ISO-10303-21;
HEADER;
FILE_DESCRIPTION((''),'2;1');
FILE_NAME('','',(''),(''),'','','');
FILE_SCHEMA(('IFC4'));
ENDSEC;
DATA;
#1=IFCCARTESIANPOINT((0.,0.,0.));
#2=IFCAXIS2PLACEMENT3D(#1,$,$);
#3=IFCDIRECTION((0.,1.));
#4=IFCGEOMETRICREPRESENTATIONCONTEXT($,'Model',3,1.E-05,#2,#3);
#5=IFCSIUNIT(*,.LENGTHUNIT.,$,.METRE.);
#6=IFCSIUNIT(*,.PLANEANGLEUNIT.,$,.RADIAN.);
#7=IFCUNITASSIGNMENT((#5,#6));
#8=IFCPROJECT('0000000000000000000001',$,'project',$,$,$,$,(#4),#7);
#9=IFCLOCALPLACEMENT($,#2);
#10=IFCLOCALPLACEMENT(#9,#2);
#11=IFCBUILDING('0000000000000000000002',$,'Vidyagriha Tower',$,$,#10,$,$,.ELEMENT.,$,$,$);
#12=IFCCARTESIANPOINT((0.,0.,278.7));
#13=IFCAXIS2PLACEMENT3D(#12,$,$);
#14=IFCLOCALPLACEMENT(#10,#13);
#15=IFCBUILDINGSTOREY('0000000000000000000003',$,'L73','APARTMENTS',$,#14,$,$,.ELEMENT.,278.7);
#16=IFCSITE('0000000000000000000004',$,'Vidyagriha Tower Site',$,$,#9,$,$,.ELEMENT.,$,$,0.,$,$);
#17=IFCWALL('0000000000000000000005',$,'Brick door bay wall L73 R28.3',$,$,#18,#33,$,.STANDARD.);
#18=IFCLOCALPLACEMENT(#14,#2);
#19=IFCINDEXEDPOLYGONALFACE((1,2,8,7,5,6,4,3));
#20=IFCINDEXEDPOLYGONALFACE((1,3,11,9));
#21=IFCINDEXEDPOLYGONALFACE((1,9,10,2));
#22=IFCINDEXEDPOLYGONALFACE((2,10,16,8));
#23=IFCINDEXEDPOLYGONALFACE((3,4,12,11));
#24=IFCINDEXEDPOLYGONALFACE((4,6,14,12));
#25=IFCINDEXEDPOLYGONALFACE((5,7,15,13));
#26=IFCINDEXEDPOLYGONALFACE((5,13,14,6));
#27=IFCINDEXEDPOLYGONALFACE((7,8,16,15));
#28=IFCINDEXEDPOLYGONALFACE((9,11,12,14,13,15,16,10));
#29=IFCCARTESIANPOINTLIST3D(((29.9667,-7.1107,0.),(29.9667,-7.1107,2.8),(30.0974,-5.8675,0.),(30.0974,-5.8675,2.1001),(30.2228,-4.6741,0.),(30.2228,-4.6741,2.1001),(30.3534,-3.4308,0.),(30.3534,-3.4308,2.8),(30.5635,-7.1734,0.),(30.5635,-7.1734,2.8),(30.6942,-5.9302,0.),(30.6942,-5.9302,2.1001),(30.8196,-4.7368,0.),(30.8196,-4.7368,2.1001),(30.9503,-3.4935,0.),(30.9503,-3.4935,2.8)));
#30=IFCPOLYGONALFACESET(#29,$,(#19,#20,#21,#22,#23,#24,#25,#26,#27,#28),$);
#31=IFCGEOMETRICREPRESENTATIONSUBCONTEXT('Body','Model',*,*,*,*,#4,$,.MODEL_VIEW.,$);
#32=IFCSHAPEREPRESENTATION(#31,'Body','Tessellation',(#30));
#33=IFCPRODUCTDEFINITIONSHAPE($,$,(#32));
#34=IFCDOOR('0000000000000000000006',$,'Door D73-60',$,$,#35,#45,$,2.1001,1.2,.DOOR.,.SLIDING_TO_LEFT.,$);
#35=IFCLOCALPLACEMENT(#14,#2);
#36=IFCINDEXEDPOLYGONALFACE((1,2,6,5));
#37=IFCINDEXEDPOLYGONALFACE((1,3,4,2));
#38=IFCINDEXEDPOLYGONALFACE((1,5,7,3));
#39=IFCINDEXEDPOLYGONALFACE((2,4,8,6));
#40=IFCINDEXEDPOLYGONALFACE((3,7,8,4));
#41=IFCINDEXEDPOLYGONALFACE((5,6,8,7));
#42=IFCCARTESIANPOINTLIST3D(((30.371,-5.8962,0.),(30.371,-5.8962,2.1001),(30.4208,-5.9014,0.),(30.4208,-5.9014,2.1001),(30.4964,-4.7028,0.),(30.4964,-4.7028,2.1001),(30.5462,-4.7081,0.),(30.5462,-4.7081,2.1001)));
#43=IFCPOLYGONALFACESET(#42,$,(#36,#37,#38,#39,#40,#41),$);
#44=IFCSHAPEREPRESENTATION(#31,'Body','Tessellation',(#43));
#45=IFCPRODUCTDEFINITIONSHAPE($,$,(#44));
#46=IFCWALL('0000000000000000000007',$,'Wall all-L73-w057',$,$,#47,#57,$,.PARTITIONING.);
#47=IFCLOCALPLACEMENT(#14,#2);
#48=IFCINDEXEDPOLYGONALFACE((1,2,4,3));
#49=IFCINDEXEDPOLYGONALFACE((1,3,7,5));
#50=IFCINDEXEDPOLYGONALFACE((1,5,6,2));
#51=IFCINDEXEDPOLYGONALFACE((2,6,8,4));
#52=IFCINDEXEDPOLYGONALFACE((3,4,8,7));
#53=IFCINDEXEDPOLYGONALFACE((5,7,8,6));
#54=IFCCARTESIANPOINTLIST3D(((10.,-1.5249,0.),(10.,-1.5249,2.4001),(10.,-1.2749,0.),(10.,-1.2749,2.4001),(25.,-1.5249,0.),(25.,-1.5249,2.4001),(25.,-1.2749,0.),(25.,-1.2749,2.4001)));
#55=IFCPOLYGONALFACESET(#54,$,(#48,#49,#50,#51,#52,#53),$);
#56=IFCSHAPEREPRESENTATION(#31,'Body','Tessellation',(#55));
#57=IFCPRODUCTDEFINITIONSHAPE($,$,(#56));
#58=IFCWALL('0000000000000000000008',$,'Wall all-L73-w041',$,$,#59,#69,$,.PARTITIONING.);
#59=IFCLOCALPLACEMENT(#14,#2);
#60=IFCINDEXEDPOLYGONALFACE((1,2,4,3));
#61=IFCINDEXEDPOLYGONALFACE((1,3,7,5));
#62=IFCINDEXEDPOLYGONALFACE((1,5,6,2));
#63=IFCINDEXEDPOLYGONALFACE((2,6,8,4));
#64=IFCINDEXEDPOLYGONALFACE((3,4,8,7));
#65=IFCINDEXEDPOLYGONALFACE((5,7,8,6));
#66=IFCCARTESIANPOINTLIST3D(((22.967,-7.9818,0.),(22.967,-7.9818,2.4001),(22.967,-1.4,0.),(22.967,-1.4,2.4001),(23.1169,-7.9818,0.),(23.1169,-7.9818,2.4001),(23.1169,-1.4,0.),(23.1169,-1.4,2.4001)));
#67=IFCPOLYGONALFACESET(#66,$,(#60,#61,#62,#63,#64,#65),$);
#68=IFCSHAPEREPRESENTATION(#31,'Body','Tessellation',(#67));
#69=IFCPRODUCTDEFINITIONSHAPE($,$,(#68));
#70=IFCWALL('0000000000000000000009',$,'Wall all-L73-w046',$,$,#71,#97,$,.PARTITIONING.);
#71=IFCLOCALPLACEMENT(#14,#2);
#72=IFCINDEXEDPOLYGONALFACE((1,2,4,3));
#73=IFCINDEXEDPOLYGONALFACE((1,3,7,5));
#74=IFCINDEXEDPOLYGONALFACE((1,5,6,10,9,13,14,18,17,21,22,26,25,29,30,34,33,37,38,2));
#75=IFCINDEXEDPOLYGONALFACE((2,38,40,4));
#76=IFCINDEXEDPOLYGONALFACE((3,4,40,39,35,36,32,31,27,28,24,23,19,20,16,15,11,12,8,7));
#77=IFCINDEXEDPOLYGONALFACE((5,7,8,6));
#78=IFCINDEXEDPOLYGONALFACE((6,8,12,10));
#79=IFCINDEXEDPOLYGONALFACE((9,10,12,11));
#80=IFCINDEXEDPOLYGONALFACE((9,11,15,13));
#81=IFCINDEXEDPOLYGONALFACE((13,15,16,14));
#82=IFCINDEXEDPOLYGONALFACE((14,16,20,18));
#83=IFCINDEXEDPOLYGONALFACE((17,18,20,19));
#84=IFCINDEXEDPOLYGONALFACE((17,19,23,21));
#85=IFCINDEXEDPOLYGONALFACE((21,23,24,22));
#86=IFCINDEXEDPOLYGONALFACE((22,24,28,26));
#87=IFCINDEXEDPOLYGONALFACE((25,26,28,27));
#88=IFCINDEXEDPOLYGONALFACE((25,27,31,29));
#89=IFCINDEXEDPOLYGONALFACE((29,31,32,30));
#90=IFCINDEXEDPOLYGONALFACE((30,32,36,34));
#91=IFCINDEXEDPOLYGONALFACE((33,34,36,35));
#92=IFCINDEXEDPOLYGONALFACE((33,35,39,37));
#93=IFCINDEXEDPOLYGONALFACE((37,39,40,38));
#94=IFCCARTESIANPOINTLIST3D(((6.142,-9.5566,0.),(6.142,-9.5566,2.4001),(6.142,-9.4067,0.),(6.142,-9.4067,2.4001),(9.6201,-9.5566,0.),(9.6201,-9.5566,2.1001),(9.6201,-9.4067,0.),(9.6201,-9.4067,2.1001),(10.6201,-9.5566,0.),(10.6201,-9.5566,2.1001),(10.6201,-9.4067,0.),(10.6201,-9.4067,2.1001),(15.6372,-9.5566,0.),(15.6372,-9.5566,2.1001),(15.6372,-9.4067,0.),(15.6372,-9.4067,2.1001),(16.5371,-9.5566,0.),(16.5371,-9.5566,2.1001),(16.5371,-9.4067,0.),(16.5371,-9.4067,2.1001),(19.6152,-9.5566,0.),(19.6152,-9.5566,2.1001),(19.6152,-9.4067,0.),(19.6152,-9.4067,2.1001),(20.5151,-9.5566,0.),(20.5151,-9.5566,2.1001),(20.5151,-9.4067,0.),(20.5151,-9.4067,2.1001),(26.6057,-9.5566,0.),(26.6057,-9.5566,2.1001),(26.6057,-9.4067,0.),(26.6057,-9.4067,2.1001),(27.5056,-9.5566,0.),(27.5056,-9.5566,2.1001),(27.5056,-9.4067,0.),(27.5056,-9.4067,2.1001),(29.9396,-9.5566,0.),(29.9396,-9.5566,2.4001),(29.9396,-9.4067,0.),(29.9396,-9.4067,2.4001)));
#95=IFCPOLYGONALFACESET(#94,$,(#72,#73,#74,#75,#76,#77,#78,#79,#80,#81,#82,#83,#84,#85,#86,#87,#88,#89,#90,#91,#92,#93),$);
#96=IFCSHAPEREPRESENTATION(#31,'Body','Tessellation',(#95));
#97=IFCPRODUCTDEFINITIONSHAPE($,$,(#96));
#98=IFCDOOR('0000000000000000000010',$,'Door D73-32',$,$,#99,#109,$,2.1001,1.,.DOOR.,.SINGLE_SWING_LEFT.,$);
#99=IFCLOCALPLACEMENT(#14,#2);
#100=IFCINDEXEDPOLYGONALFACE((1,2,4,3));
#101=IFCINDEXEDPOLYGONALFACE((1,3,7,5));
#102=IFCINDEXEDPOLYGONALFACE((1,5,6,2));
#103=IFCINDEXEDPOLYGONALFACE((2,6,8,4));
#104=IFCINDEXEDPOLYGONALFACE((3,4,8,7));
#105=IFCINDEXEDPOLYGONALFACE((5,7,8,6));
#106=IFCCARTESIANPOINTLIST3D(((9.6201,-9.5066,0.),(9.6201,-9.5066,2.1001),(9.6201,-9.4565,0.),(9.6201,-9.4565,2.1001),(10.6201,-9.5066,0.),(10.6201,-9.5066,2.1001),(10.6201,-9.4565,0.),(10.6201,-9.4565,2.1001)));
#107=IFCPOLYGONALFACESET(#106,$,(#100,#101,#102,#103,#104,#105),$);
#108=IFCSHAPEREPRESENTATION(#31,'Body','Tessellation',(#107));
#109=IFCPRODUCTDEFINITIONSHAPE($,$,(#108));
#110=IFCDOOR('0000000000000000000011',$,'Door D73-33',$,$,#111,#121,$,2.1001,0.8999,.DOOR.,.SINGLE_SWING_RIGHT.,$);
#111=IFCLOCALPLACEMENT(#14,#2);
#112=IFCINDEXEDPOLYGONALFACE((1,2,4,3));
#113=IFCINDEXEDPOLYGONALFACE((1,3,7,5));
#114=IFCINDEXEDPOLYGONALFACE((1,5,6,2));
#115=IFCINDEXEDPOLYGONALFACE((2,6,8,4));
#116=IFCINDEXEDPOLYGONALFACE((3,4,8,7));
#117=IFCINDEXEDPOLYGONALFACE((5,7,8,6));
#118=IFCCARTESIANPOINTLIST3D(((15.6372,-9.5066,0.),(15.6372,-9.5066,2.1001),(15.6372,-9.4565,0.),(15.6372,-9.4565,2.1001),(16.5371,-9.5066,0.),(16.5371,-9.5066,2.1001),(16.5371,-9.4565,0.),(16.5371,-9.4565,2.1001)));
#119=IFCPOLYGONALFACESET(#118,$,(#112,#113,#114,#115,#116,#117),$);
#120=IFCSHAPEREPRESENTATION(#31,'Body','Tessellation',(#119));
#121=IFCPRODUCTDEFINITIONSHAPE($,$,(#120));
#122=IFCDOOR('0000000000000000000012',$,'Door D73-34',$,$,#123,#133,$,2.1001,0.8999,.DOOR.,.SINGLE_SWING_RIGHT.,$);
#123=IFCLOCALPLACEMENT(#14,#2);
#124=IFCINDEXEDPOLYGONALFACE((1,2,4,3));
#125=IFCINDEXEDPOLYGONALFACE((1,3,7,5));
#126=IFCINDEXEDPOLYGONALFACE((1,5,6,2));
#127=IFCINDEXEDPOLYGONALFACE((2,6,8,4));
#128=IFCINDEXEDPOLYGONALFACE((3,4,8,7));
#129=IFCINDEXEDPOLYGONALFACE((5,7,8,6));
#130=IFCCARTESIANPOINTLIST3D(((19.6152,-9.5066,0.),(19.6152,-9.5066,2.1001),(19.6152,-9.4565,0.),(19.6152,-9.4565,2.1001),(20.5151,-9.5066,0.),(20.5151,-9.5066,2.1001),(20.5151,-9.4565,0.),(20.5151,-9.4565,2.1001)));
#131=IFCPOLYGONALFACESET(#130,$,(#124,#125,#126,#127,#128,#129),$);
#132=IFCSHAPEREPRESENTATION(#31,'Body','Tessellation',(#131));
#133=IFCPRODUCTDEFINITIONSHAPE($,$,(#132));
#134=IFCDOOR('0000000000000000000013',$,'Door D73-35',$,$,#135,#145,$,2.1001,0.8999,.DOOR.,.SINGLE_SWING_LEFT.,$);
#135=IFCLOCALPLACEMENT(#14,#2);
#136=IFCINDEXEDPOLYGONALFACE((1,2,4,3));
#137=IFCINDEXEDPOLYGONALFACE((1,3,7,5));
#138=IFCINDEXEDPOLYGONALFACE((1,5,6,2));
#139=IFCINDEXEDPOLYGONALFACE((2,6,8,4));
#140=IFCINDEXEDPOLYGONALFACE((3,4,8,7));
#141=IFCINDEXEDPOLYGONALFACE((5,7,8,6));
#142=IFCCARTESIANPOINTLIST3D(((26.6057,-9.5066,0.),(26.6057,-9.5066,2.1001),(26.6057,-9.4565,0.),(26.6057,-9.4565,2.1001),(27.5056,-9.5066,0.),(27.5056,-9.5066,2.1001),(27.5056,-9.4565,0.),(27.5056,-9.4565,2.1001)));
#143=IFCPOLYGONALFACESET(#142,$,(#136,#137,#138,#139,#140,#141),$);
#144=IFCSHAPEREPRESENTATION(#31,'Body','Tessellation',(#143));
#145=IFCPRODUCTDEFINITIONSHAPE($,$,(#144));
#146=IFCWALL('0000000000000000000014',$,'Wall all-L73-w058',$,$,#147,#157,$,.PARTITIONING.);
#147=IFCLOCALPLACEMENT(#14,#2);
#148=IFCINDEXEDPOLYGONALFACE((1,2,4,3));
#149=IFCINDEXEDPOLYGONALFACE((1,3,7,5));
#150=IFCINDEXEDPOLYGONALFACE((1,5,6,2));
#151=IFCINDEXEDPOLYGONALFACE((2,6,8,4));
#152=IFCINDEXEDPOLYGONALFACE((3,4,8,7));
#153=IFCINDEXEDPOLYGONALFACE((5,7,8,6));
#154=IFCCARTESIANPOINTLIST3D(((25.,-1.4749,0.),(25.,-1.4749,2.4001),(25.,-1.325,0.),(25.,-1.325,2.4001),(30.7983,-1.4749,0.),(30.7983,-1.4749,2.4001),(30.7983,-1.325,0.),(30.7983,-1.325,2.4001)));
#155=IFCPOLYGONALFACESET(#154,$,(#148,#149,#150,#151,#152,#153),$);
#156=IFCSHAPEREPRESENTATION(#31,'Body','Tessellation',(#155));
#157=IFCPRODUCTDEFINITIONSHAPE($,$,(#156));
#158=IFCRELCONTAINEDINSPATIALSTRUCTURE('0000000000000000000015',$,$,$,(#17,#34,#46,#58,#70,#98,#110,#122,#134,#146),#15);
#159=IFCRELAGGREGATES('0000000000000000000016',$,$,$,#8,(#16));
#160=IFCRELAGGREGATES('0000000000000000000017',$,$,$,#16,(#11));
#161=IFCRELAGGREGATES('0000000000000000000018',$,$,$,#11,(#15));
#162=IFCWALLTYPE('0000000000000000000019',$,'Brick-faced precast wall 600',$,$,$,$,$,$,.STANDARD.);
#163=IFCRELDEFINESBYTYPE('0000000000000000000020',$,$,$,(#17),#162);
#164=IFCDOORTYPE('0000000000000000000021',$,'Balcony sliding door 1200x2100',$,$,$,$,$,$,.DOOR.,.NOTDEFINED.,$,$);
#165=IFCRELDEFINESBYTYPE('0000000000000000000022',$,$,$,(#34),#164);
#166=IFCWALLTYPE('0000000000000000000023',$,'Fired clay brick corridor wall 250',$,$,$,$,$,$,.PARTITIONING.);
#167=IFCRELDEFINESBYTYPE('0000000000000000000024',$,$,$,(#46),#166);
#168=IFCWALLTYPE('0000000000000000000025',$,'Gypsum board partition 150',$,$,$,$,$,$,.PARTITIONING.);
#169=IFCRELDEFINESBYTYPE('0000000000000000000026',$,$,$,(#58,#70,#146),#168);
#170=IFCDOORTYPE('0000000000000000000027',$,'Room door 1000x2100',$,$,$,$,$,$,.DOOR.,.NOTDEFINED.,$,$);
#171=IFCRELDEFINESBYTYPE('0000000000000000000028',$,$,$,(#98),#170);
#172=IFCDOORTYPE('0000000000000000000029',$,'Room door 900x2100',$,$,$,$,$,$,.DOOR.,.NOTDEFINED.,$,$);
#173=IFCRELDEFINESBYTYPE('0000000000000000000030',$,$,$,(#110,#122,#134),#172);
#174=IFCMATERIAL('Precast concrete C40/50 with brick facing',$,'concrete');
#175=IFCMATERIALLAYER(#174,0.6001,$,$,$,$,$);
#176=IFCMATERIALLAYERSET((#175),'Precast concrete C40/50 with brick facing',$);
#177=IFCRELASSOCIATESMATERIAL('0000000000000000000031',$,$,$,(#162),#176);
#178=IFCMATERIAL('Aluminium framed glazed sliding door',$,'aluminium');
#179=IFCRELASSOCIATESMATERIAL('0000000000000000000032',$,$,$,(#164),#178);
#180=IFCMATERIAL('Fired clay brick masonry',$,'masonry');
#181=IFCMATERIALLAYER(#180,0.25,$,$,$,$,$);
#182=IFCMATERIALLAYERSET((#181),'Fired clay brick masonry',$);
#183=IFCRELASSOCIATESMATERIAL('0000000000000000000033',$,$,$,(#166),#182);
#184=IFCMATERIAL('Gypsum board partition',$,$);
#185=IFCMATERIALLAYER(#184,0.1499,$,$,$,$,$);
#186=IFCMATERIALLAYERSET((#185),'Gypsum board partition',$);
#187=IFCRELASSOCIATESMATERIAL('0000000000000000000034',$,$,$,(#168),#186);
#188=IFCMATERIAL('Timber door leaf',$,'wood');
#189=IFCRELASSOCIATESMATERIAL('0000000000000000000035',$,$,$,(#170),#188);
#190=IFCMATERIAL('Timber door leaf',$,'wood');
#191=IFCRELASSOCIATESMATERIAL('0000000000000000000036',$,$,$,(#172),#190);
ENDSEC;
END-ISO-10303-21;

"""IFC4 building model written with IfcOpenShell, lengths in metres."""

from ifc_helpers import new_model, si_unit, direction, frame, frame_2d, origin, place, context, subcontext, project, spatial, rectangle, extrude, material, layer, layer_set, type_object, element, fill, save


model = new_model("IFC4")

# Units and contexts
model_context = context("Model", 3, precision=1e-05, world=origin(), true_north=direction((0.0, 1.0)))
body_context = subcontext(model_context, "Body", "Model", "MODEL_VIEW")
ifc_project = project(units=[si_unit("LENGTHUNIT", "METRE"), si_unit("PLANEANGLEUNIT", "RADIAN")], contexts=[model_context])

# Site, building, storey
site_placement = place(None, origin())
site = spatial("IfcSite", under=ifc_project, at=site_placement, Name="Vidyagriha Tower Site", CompositionType="ELEMENT", RefElevation=0.0)
building_placement = place(site_placement, origin())
building = spatial("IfcBuilding", under=site, at=building_placement, Name="Vidyagriha Tower", CompositionType="ELEMENT")
storey_placement = place(building_placement, frame((0.0, 0.0, 278.7)))
storey = spatial("IfcBuildingStorey", under=building, at=storey_placement, Name="L73", Description="APARTMENTS", CompositionType="ELEMENT", Elevation=278.7)

# Wall, opening, door
ifc_material_1 = material(Name="Precast concrete C40/50 with brick facing", Category="concrete")
ifc_layer_1 = layer(ifc_material_1, 0.6001)
ifc_layer_set_1 = layer_set([ifc_layer_1], Name="Precast concrete C40/50 with brick facing")
wall_type_1 = type_object("IfcWallType", Name="Brick-faced precast wall 600", PredefinedType="STANDARD", material=ifc_layer_set_1)
wall_1_placement = place(storey_placement, frame((30.2651, -7.1421, 0.0), z_axis=(0.0, 0.0, 1.0), x_axis=(0.104513, 0.994524, 0.0)))
wall_1 = element("IfcWall", 1, at=wall_1_placement, inside=storey, type_object=wall_type_1, Name="Brick door bay wall L73 R28.3", PredefinedType="STANDARD", context=body_context, shape_type="SweptSolid", body=[
    extrude(rectangle(XDim=3.7002, YDim=0.6001, at=frame_2d((1.8501, 0.0))), origin(), (0.0, 0.0, 1.0), 2.8),
])
opening_1_placement = place(wall_1_placement, frame((1.25, 0.0, 0.0)))
opening_1 = element("IfcOpeningElement", 2, at=opening_1_placement, cuts=wall_1, PredefinedType="OPENING", context=body_context, shape_type="SweptSolid", body=[
    extrude(rectangle(XDim=1.2, YDim=2.1001, at=frame_2d((0.6001, 1.05))), frame((0.0, 0.3101, 0.0), z_axis=(0.0, -1.0, 0.0), x_axis=(1.0, 0.0, 0.0)), (0.0, 0.0, 1.0), 0.6201),
])
ifc_material_2 = material(Name="Aluminium framed glazed sliding door", Category="aluminium")
door_type_1 = type_object("IfcDoorType", Name="Balcony sliding door 1200x2100", OperationType="NOTDEFINED", PredefinedType="DOOR", material=ifc_material_2)
door_1_placement = place(opening_1_placement, origin())
door_1 = element("IfcDoor", 3, at=door_1_placement, inside=storey, type_object=door_type_1, Name="Door D73-60", OperationType="SLIDING_TO_LEFT", OverallHeight=2.1001, OverallWidth=1.2, PredefinedType="DOOR", context=body_context, shape_type="SweptSolid", body=[
    extrude(rectangle(XDim=1.2, YDim=2.1001, at=frame_2d((0.6001, 1.05))), frame((0.0, 0.0249, 0.0), z_axis=(0.0, -1.0, 0.0), x_axis=(1.0, 0.0, 0.0)), (0.0, 0.0, 1.0), 0.05),
])
fill(opening_1, door_1)

# Walls
ifc_material_3 = material(Name="Fired clay brick masonry", Category="masonry")
ifc_layer_2 = layer(ifc_material_3, 0.25)
ifc_layer_set_2 = layer_set([ifc_layer_2], Name="Fired clay brick masonry")
wall_type_2 = type_object("IfcWallType", Name="Fired clay brick corridor wall 250", PredefinedType="PARTITIONING", material=ifc_layer_set_2)
wall_2_placement = place(storey_placement, frame((25.0, -1.3999, 0.0), z_axis=(0.0, 0.0, 1.0), x_axis=(-1.0, 0.0, 0.0)))
element("IfcWall", 4, at=wall_2_placement, inside=storey, type_object=wall_type_2, Name="Wall all-L73-w057", PredefinedType="PARTITIONING", context=body_context, shape_type="SweptSolid", body=[
    extrude(rectangle(XDim=15.0, YDim=0.25, at=frame_2d((7.5, 0.0))), origin(), (0.0, 0.0, 1.0), 2.4001),
])
ifc_material_4 = material(Name="Gypsum board partition")
ifc_layer_3 = layer(ifc_material_4, 0.1499)
ifc_layer_set_3 = layer_set([ifc_layer_3], Name="Gypsum board partition")
wall_type_3 = type_object("IfcWallType", Name="Gypsum board partition 150", PredefinedType="PARTITIONING", material=ifc_layer_set_3)
wall_3_placement = place(storey_placement, frame((23.042, -1.3999, 0.0), z_axis=(0.0, 0.0, 1.0), x_axis=(0.0, -1.0, 0.0)))
element("IfcWall", 5, at=wall_3_placement, inside=storey, type_object=wall_type_3, Name="Wall all-L73-w041", PredefinedType="PARTITIONING", context=body_context, shape_type="SweptSolid", body=[
    extrude(rectangle(XDim=6.5818, YDim=0.1499, at=frame_2d((3.291, 0.0))), origin(), (0.0, 0.0, 1.0), 2.4001),
])

# Wall, openings, doors
wall_4_placement = place(storey_placement, frame((29.9397, -9.4817, 0.0), z_axis=(0.0, 0.0, 1.0), x_axis=(-1.0, 0.0, 0.0)))
wall_4 = element("IfcWall", 6, at=wall_4_placement, inside=storey, type_object=wall_type_3, Name="Wall all-L73-w046", PredefinedType="PARTITIONING", context=body_context, shape_type="SweptSolid", body=[
    extrude(rectangle(XDim=23.7976, YDim=0.1499, at=frame_2d((11.8989, 0.0))), origin(), (0.0, 0.0, 1.0), 2.4001),
])
opening_2_placement = place(wall_4_placement, frame((19.3196, 0.0, 0.0)))
opening_2 = element("IfcOpeningElement", 7, at=opening_2_placement, cuts=wall_4, PredefinedType="OPENING", context=body_context, shape_type="SweptSolid", body=[
    extrude(rectangle(XDim=1.0, YDim=2.1001, at=frame_2d((0.5, 1.05))), frame((0.0, 0.085, 0.0), z_axis=(0.0, -1.0, 0.0), x_axis=(1.0, 0.0, 0.0)), (0.0, 0.0, 1.0), 0.1699),
])
opening_3_placement = place(wall_4_placement, frame((13.4026, 0.0, 0.0)))
opening_3 = element("IfcOpeningElement", 8, at=opening_3_placement, cuts=wall_4, PredefinedType="OPENING", context=body_context, shape_type="SweptSolid", body=[
    extrude(rectangle(XDim=0.8999, YDim=2.1001, at=frame_2d((0.45, 1.05))), frame((0.0, 0.085, 0.0), z_axis=(0.0, -1.0, 0.0), x_axis=(1.0, 0.0, 0.0)), (0.0, 0.0, 1.0), 0.1699),
])
opening_4_placement = place(wall_4_placement, frame((9.4246, 0.0, 0.0)))
opening_4 = element("IfcOpeningElement", 9, at=opening_4_placement, cuts=wall_4, PredefinedType="OPENING", context=body_context, shape_type="SweptSolid", body=[
    extrude(rectangle(XDim=0.8999, YDim=2.1001, at=frame_2d((0.45, 1.05))), frame((0.0, 0.085, 0.0), z_axis=(0.0, -1.0, 0.0), x_axis=(1.0, 0.0, 0.0)), (0.0, 0.0, 1.0), 0.1699),
])
opening_5_placement = place(wall_4_placement, frame((2.4341, 0.0, 0.0)))
opening_5 = element("IfcOpeningElement", 10, at=opening_5_placement, cuts=wall_4, PredefinedType="OPENING", context=body_context, shape_type="SweptSolid", body=[
    extrude(rectangle(XDim=0.8999, YDim=2.1001, at=frame_2d((0.45, 1.05))), frame((0.0, 0.085, 0.0), z_axis=(0.0, -1.0, 0.0), x_axis=(1.0, 0.0, 0.0)), (0.0, 0.0, 1.0), 0.1699),
])
ifc_material_5 = material(Name="Timber door leaf", Category="wood")
door_type_2 = type_object("IfcDoorType", Name="Room door 1000x2100", OperationType="NOTDEFINED", PredefinedType="DOOR", material=ifc_material_5)
door_2_placement = place(opening_2_placement, origin())
door_2 = element("IfcDoor", 11, at=door_2_placement, inside=storey, type_object=door_type_2, Name="Door D73-32", OperationType="SINGLE_SWING_LEFT", OverallHeight=2.1001, OverallWidth=1.0, PredefinedType="DOOR", context=body_context, shape_type="SweptSolid", body=[
    extrude(rectangle(XDim=1.0, YDim=2.1001, at=frame_2d((0.5, 1.05))), frame((0.0, 0.0249, 0.0), z_axis=(0.0, -1.0, 0.0), x_axis=(1.0, 0.0, 0.0)), (0.0, 0.0, 1.0), 0.05),
])
fill(opening_2, door_2)
ifc_material_6 = material(Name="Timber door leaf", Category="wood")
door_type_3 = type_object("IfcDoorType", Name="Room door 900x2100", OperationType="NOTDEFINED", PredefinedType="DOOR", material=ifc_material_6)
door_3_placement = place(opening_3_placement, origin())
door_3 = element("IfcDoor", 12, at=door_3_placement, inside=storey, type_object=door_type_3, Name="Door D73-33", OperationType="SINGLE_SWING_RIGHT", OverallHeight=2.1001, OverallWidth=0.8999, PredefinedType="DOOR", context=body_context, shape_type="SweptSolid", body=[
    extrude(rectangle(XDim=0.8999, YDim=2.1001, at=frame_2d((0.45, 1.05))), frame((0.0, 0.0249, 0.0), z_axis=(0.0, -1.0, 0.0), x_axis=(1.0, 0.0, 0.0)), (0.0, 0.0, 1.0), 0.05),
])
fill(opening_3, door_3)
door_4_placement = place(opening_4_placement, origin())
door_4 = element("IfcDoor", 13, at=door_4_placement, inside=storey, type_object=door_type_3, Name="Door D73-34", OperationType="SINGLE_SWING_RIGHT", OverallHeight=2.1001, OverallWidth=0.8999, PredefinedType="DOOR", context=body_context, shape_type="SweptSolid", body=[
    extrude(rectangle(XDim=0.8999, YDim=2.1001, at=frame_2d((0.45, 1.05))), frame((0.0, 0.0249, 0.0), z_axis=(0.0, -1.0, 0.0), x_axis=(1.0, 0.0, 0.0)), (0.0, 0.0, 1.0), 0.05),
])
fill(opening_4, door_4)
door_5_placement = place(opening_5_placement, origin())
door_5 = element("IfcDoor", 14, at=door_5_placement, inside=storey, type_object=door_type_3, Name="Door D73-35", OperationType="SINGLE_SWING_LEFT", OverallHeight=2.1001, OverallWidth=0.8999, PredefinedType="DOOR", context=body_context, shape_type="SweptSolid", body=[
    extrude(rectangle(XDim=0.8999, YDim=2.1001, at=frame_2d((0.45, 1.05))), frame((0.0, 0.0249, 0.0), z_axis=(0.0, -1.0, 0.0), x_axis=(1.0, 0.0, 0.0)), (0.0, 0.0, 1.0), 0.05),
])
fill(opening_5, door_5)

# Wall
wall_5_placement = place(storey_placement, frame((30.7983, -1.3999, 0.0), z_axis=(0.0, 0.0, 1.0), x_axis=(-1.0, 0.0, 0.0)))
element("IfcWall", 15, at=wall_5_placement, inside=storey, type_object=wall_type_3, Name="Wall all-L73-w058", PredefinedType="PARTITIONING", context=body_context, shape_type="SweptSolid", body=[
    extrude(rectangle(XDim=5.7983, YDim=0.1499, at=frame_2d((2.8992, 0.0))), origin(), (0.0, 0.0, 1.0), 2.4001),
])

save(model, "model.ifc")
